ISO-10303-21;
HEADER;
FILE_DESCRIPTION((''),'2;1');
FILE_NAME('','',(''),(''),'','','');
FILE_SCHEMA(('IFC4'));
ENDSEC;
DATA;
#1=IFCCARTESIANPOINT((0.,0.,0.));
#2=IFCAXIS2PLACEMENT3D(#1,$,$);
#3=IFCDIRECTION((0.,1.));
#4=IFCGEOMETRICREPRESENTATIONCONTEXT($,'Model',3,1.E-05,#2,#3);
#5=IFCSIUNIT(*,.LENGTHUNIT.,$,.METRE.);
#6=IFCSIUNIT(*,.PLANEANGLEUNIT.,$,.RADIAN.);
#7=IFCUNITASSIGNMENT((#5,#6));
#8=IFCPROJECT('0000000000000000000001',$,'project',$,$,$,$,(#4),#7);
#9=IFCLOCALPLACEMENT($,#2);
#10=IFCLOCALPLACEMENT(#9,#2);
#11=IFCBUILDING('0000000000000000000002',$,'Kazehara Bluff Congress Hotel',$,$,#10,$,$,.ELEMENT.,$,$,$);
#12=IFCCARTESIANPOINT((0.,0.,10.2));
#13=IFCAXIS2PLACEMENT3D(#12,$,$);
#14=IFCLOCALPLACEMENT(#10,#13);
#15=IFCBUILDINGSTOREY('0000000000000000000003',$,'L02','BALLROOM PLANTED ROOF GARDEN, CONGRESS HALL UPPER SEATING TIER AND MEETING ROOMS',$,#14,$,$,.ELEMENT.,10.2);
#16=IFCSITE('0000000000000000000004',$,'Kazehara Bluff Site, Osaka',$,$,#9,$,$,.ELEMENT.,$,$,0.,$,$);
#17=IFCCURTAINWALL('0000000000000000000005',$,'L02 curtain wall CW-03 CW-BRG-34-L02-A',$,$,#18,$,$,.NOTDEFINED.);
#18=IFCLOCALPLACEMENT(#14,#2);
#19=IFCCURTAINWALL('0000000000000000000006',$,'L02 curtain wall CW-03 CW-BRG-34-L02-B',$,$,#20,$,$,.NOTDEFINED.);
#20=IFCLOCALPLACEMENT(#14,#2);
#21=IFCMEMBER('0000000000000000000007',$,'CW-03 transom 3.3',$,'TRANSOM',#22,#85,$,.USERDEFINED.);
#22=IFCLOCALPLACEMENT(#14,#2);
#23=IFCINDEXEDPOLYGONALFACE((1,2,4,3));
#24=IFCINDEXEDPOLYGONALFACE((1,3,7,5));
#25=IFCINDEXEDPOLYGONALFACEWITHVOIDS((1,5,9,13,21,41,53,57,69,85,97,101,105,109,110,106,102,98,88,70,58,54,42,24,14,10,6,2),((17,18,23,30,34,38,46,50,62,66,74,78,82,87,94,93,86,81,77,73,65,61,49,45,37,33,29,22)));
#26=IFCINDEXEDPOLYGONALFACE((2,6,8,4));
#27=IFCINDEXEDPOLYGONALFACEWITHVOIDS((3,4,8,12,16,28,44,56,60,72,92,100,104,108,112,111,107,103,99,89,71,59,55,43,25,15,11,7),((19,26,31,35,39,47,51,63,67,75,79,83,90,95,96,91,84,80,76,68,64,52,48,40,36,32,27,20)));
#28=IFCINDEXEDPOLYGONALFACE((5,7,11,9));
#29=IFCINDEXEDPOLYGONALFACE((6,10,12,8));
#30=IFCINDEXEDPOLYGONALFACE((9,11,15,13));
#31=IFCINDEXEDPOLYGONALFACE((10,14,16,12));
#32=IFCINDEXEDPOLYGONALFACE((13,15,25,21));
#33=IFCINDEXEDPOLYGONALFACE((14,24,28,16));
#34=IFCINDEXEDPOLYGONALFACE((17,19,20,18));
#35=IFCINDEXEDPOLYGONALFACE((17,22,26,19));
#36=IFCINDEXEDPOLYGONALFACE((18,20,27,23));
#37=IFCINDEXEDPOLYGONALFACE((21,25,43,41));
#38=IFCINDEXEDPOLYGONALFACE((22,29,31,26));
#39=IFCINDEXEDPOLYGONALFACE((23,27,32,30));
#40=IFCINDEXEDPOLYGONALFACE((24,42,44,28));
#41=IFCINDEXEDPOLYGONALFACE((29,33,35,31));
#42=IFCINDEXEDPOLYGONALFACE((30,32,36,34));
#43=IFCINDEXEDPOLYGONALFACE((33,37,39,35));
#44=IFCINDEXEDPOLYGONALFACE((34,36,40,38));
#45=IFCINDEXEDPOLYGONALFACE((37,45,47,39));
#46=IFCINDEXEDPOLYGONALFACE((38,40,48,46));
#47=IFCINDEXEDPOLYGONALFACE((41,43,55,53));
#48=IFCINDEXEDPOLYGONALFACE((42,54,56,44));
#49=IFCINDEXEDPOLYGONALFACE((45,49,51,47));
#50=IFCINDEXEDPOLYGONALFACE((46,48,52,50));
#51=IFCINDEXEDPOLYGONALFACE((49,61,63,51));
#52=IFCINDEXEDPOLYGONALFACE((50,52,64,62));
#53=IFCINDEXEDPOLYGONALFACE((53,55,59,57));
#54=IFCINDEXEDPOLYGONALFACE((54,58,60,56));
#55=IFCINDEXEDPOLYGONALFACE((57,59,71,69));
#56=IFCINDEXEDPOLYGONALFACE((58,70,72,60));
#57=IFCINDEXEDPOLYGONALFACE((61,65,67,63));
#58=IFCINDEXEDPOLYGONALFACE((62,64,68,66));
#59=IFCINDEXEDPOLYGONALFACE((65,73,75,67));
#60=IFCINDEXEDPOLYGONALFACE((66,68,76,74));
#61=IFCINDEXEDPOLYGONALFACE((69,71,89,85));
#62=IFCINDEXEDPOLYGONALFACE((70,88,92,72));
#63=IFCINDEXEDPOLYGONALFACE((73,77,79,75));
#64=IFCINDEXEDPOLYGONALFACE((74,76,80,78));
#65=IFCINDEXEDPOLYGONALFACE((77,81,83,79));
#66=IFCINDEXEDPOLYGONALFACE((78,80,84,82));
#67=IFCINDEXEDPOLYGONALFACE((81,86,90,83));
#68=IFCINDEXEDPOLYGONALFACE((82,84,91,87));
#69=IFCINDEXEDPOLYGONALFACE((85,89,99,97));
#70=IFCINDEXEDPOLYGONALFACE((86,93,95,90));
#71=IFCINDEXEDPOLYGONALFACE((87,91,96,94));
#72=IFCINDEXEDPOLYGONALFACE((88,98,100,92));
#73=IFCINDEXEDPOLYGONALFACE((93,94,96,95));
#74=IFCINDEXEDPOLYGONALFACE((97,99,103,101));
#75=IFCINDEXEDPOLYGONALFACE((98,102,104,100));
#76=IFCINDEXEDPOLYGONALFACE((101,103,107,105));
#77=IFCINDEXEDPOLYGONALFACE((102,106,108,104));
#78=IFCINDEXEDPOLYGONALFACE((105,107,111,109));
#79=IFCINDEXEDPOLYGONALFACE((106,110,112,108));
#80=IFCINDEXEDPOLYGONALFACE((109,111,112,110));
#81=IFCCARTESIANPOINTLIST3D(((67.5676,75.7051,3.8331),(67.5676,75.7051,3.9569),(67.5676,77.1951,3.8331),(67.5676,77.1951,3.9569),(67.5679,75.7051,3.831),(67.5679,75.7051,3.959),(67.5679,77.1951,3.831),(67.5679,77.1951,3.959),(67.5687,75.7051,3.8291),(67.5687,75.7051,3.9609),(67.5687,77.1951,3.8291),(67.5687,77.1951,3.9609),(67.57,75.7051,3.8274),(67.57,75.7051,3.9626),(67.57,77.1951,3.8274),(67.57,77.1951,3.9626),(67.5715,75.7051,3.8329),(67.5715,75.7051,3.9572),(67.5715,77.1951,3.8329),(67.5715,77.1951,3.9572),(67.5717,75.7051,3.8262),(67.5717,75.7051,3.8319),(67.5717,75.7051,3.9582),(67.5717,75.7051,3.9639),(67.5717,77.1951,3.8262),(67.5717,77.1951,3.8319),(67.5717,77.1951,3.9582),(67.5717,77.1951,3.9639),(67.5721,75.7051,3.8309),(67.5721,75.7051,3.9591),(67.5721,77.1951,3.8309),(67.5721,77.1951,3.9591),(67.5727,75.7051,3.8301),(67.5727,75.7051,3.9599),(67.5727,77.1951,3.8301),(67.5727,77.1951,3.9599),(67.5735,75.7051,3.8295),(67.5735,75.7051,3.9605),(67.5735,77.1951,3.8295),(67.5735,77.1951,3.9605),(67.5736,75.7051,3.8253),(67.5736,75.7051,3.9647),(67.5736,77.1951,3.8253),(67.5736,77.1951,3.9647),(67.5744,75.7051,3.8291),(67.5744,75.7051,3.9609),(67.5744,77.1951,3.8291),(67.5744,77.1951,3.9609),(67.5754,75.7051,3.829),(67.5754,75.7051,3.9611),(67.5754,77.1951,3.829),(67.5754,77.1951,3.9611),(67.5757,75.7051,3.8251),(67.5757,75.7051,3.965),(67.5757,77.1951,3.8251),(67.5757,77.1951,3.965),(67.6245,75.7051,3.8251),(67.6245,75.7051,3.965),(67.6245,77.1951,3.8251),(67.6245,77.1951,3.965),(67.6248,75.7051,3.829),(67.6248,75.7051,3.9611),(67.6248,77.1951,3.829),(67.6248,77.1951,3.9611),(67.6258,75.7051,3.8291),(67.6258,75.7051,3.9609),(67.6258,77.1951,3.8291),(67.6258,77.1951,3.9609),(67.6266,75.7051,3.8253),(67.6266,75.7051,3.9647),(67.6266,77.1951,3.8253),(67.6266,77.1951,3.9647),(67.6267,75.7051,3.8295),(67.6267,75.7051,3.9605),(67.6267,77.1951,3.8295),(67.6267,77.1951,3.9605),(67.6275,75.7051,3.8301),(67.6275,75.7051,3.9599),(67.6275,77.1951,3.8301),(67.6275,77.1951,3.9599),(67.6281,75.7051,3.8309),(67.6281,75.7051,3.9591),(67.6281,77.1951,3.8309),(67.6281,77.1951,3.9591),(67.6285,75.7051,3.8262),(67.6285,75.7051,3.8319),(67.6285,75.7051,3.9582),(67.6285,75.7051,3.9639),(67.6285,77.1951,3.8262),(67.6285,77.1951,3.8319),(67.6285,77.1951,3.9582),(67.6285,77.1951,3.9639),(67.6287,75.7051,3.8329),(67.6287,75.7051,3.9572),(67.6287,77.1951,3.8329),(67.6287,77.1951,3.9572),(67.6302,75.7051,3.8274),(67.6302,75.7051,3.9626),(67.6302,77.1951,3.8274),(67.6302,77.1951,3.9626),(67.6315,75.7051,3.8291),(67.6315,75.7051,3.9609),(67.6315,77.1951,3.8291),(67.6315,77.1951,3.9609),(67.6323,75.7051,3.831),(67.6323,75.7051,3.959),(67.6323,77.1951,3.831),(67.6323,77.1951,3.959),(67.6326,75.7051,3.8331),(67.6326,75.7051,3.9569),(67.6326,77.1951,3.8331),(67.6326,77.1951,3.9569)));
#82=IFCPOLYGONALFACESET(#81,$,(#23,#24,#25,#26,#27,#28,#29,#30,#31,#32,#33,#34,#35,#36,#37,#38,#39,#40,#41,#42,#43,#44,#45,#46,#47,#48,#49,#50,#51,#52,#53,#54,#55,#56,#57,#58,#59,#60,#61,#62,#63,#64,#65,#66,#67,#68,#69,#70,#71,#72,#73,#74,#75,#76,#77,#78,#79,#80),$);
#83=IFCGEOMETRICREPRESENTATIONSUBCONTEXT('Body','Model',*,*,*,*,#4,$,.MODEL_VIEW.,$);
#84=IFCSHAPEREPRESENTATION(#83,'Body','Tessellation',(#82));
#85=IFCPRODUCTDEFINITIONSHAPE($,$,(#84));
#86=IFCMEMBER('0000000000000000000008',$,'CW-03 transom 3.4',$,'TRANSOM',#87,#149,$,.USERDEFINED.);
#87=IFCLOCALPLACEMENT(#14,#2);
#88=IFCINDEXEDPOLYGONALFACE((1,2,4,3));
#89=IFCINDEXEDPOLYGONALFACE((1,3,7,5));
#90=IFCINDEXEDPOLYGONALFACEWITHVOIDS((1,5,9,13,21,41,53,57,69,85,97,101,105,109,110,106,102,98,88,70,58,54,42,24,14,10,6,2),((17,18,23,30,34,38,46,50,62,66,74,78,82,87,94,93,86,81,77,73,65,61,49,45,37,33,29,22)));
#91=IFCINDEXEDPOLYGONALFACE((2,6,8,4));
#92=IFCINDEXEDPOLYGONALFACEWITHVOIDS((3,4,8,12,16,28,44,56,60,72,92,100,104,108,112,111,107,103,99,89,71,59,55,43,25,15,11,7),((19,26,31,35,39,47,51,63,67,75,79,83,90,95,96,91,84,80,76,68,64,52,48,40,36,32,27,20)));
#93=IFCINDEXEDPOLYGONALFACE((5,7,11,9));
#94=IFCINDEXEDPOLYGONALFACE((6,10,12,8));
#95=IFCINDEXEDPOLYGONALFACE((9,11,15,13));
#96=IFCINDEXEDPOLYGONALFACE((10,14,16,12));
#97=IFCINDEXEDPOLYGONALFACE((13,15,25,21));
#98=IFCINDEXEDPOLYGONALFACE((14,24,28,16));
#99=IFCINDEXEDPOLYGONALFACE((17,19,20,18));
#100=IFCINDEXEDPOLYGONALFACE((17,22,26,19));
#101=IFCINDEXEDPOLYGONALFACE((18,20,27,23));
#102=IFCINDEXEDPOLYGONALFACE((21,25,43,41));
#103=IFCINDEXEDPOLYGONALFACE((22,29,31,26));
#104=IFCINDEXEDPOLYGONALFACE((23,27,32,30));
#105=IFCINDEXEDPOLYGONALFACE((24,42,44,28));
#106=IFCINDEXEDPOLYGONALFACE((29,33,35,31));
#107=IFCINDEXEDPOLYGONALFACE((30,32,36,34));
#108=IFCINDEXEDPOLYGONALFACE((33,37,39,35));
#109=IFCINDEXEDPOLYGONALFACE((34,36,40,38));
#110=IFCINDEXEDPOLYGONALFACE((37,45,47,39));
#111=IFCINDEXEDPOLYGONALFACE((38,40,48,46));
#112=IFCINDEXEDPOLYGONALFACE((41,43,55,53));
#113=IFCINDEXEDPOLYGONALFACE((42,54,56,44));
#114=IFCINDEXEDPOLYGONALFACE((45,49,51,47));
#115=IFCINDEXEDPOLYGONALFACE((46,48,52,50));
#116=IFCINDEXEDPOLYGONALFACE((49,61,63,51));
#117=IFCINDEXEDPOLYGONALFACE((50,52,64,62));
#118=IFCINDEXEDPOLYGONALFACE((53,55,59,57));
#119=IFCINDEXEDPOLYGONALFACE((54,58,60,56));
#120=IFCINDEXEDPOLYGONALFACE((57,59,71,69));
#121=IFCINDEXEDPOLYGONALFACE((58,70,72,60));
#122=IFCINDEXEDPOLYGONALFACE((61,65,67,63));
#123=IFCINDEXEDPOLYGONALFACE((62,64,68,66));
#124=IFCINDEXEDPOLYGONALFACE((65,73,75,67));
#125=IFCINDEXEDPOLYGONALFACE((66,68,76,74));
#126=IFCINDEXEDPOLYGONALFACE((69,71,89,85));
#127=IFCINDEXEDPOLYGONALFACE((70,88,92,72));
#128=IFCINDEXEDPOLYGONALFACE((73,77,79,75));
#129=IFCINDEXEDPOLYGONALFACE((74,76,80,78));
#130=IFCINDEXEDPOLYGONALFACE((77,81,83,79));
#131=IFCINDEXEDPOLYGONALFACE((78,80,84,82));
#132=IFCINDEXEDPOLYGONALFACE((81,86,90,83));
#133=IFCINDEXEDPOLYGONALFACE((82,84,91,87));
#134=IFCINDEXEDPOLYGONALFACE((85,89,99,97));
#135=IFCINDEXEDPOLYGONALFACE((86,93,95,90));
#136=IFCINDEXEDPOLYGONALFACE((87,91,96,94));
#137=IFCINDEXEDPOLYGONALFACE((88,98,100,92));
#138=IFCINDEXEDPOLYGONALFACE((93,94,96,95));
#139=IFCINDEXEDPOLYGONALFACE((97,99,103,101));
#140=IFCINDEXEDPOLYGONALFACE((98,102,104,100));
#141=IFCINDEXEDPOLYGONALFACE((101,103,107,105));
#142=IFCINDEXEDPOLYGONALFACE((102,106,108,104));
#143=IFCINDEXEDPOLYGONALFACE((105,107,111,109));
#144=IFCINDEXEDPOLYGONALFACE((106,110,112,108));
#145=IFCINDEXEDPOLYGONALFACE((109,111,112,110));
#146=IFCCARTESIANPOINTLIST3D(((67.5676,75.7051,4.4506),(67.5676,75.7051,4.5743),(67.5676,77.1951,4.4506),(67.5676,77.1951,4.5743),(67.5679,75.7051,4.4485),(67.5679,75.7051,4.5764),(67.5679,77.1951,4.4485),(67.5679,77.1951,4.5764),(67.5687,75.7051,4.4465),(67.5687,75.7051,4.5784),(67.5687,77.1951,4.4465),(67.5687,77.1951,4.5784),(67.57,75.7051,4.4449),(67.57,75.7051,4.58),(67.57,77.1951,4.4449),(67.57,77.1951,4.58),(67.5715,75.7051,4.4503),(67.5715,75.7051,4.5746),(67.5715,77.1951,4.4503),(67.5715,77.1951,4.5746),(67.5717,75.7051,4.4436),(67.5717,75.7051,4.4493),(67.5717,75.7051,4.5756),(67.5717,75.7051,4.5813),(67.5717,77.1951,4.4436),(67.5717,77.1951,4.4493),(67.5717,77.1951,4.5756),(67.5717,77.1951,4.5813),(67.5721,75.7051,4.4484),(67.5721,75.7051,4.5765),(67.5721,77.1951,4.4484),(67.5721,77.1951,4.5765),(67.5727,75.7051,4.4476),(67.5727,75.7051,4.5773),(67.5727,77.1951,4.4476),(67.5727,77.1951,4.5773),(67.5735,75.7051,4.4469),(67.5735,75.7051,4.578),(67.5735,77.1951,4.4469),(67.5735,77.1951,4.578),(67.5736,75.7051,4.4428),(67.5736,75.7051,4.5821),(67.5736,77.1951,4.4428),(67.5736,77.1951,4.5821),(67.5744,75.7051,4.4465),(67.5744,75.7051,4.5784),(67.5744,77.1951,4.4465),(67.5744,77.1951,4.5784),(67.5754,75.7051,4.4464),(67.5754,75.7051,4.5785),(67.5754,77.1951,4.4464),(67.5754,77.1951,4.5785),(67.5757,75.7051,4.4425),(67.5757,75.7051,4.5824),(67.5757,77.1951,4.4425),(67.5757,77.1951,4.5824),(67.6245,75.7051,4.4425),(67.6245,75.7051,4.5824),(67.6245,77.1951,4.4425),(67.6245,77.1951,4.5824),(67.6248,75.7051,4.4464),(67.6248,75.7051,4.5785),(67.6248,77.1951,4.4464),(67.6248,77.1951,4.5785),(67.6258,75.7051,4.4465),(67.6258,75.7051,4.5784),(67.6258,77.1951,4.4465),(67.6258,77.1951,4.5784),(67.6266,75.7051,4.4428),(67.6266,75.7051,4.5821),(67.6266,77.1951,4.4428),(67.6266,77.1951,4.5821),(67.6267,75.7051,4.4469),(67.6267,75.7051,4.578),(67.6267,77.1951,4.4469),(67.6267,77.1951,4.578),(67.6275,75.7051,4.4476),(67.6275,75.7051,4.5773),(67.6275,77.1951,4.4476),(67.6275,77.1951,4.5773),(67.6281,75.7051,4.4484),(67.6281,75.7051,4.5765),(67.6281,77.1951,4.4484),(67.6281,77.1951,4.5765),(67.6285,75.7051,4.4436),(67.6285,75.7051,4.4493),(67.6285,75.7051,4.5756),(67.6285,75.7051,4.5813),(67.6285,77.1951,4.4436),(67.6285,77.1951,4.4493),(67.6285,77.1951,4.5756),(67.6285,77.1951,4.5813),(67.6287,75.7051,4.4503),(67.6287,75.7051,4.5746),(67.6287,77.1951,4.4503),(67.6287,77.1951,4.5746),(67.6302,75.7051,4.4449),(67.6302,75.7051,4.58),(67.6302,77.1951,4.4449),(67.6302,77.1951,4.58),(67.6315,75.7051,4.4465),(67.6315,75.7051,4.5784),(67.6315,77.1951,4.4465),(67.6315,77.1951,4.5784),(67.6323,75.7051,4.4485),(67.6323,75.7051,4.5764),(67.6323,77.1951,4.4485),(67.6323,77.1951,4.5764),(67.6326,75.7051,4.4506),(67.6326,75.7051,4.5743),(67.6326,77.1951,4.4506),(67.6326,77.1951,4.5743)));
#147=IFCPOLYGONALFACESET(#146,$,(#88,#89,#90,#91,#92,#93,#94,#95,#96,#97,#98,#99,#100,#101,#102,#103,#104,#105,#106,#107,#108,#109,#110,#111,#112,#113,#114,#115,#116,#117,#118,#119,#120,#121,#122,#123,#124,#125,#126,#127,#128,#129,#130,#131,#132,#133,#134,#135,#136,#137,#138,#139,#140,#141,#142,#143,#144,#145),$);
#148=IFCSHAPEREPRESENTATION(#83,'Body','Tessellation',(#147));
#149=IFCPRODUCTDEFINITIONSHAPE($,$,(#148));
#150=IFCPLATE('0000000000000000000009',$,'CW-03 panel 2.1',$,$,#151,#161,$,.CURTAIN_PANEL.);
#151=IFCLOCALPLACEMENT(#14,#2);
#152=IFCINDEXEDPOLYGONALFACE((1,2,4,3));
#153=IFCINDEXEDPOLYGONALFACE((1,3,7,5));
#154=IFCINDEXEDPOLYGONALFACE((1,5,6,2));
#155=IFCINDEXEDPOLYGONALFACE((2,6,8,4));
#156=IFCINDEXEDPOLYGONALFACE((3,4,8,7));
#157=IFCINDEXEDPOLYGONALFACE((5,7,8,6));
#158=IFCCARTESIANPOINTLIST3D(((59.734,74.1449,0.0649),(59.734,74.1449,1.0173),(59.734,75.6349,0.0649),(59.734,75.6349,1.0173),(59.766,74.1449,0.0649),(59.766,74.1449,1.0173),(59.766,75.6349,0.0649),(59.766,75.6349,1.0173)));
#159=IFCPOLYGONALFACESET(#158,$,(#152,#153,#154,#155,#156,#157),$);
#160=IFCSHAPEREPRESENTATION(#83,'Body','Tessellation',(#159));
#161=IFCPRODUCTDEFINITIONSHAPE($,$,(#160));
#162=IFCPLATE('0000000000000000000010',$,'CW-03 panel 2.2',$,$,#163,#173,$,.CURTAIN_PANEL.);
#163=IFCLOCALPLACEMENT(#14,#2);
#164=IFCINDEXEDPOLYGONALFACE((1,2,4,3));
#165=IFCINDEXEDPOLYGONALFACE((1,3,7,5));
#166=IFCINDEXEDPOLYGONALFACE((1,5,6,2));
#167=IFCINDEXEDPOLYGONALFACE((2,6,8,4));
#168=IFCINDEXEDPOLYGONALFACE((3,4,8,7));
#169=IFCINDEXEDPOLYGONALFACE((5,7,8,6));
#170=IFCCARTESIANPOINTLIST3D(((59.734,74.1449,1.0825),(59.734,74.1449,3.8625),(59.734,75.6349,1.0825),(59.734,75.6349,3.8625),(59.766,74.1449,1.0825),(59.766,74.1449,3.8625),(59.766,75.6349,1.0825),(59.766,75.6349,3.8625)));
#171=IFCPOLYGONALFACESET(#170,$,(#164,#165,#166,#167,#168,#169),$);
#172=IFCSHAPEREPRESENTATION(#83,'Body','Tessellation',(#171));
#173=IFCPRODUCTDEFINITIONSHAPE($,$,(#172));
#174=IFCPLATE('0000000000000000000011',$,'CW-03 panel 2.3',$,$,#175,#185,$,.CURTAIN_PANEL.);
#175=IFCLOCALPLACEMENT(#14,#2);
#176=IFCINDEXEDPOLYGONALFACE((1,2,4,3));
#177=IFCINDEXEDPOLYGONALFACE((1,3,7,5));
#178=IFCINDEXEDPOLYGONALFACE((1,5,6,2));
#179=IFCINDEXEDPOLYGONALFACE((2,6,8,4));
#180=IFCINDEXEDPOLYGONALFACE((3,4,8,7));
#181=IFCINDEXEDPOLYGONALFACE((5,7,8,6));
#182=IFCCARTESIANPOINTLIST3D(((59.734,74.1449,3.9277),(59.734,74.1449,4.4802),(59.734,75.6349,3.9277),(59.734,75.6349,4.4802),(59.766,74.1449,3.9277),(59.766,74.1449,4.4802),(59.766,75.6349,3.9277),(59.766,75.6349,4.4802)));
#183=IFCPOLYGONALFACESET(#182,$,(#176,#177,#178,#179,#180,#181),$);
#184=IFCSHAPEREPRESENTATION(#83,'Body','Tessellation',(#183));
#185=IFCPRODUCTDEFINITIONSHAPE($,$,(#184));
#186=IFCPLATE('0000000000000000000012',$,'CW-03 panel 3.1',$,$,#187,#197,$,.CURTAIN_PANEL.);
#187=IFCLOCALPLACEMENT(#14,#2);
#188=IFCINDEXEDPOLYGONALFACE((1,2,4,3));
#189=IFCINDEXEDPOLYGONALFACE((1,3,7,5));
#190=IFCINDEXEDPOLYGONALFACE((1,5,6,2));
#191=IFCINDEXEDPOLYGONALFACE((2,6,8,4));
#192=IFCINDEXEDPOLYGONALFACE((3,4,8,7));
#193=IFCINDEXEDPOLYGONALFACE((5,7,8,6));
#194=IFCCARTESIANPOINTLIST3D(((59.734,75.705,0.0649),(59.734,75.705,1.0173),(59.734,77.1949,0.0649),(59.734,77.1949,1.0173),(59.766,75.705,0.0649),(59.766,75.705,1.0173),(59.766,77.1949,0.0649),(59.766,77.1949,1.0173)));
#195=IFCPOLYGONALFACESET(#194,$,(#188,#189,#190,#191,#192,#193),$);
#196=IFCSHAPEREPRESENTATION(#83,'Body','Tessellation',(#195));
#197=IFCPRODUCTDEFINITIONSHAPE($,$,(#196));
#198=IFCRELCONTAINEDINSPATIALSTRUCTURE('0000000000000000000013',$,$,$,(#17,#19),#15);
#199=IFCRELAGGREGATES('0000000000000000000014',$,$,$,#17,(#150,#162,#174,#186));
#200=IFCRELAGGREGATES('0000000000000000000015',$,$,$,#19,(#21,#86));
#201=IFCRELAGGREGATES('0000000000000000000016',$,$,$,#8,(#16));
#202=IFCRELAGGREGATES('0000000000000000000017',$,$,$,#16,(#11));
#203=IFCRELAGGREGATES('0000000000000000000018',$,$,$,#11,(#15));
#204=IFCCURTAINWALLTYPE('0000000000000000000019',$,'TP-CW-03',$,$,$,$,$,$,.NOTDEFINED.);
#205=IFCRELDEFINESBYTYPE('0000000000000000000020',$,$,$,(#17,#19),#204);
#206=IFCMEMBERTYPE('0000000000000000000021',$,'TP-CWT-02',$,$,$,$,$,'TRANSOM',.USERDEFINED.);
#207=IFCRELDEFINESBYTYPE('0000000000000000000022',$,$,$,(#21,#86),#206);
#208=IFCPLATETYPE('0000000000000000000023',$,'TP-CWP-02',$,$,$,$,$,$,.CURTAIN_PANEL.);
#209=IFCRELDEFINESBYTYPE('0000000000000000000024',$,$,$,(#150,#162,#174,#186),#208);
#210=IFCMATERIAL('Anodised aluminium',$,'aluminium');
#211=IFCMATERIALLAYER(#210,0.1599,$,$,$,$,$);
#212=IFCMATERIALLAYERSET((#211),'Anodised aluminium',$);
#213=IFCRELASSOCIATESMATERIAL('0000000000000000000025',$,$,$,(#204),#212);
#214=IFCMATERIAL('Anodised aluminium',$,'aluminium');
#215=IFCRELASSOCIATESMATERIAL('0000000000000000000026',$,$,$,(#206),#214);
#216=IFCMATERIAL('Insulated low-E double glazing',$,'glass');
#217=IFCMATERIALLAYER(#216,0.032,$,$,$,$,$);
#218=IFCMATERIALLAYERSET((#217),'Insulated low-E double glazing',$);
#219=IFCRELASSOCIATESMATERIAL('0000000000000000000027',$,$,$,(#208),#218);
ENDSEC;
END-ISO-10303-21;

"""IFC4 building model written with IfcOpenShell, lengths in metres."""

from ifc_helpers import new_model, si_unit, direction, frame, origin, origin_2d, place, context, subcontext, project, spatial, rectangle, hollow_rectangle, extrude, material, layer, layer_set, material_profile, profile_set, type_object, element, aggregate, save


model = new_model("IFC4")

# Units and contexts
model_context = context("Model", 3, precision=1e-05, world=origin(), true_north=direction((0.0, 1.0)))
body_context = subcontext(model_context, "Body", "Model", "MODEL_VIEW")
ifc_project = project(units=[si_unit("LENGTHUNIT", "METRE"), si_unit("PLANEANGLEUNIT", "RADIAN")], contexts=[model_context])

# Site, building, storey
site_placement = place(None, origin())
site = spatial("IfcSite", under=ifc_project, at=site_placement, Name="Kazehara Bluff Site, Osaka", CompositionType="ELEMENT", RefElevation=0.0)
building_placement = place(site_placement, origin())
building = spatial("IfcBuilding", under=site, at=building_placement, Name="Kazehara Bluff Congress Hotel", CompositionType="ELEMENT")
storey_placement = place(building_placement, frame((0.0, 0.0, 10.2)))
storey = spatial("IfcBuildingStorey", under=building, at=storey_placement, Name="L02", Description="BALLROOM PLANTED ROOF GARDEN, CONGRESS HALL UPPER SEATING TIER AND MEETING ROOMS", CompositionType="ELEMENT", Elevation=10.2)

# Curtain wall
ifc_material_1 = material(Name="Anodised aluminium", Category="aluminium")
ifc_layer_1 = layer(ifc_material_1, 0.1599)
ifc_layer_set_1 = layer_set([ifc_layer_1], Name="Anodised aluminium")
curtain_wall_type = type_object("IfcCurtainWallType", Name="TP-CW-03", PredefinedType="NOTDEFINED", material=ifc_layer_set_1)
curtain_wall_1_placement = place(storey_placement, origin())
curtain_wall_1 = element("IfcCurtainWall", 1, at=curtain_wall_1_placement, inside=storey, type_object=curtain_wall_type, Name="L02 curtain wall CW-03 CW-BRG-34-L02-A", PredefinedType="NOTDEFINED")

# Curtain wall
curtain_wall_2_placement = place(storey_placement, origin())
curtain_wall_2 = element("IfcCurtainWall", 2, at=curtain_wall_2_placement, inside=storey, type_object=curtain_wall_type, Name="L02 curtain wall CW-03 CW-BRG-34-L02-B", PredefinedType="NOTDEFINED")

# Members
ifc_material_2 = material(Name="Anodised aluminium", Category="aluminium")
ifc_material_profile_1 = material_profile(ifc_material_2, hollow_rectangle(XDim=0.0649, YDim=0.1399, WallThickness=0.0039, InnerFilletRadius=0.0039, OuterFilletRadius=0.0081, at=origin_2d()))
ifc_profile_set_1 = profile_set([ifc_material_profile_1], Name="Anodised aluminium")
member_type_1 = type_object("IfcMemberType", Name="TP-CWT-02", ElementType="TRANSOM", PredefinedType="USERDEFINED", material=ifc_profile_set_1)
member_1_placement = place(storey_placement, frame((67.6001, 75.7051, 3.895), z_axis=(0.0, 1.0, 0.0), x_axis=(-1.0, 0.0, 0.0)))
member_1 = element("IfcMember", 3, at=member_1_placement, type_object=member_type_1, Name="CW-03 transom 3.3", ObjectType="TRANSOM", PredefinedType="USERDEFINED", context=body_context, shape_type="SweptSolid", body=[
    extrude(hollow_rectangle(XDim=0.0649, YDim=0.1399, WallThickness=0.0039, InnerFilletRadius=0.0039, OuterFilletRadius=0.0081, at=origin_2d()), origin(), (0.0, 0.0, 1.0), 1.49),
])
member_2_placement = place(storey_placement, frame((67.6001, 75.7051, 4.5125), z_axis=(0.0, 1.0, 0.0), x_axis=(-1.0, 0.0, 0.0)))
member_2 = element("IfcMember", 4, at=member_2_placement, type_object=member_type_1, Name="CW-03 transom 3.4", ObjectType="TRANSOM", PredefinedType="USERDEFINED", context=body_context, shape_type="SweptSolid", body=[
    extrude(hollow_rectangle(XDim=0.0649, YDim=0.1399, WallThickness=0.0039, InnerFilletRadius=0.0039, OuterFilletRadius=0.0081, at=origin_2d()), origin(), (0.0, 0.0, 1.0), 1.49),
])

# Plates
ifc_material_3 = material(Name="Insulated low-E double glazing", Category="glass")
ifc_layer_2 = layer(ifc_material_3, 0.032)
ifc_layer_set_2 = layer_set([ifc_layer_2], Name="Insulated low-E double glazing")
plate_type = type_object("IfcPlateType", Name="TP-CWP-02", PredefinedType="CURTAIN_PANEL", material=ifc_layer_set_2)
plate_1_placement = place(storey_placement, frame((59.75, 74.8899, 0.0649), z_axis=(0.0, 0.0, 1.0), x_axis=(0.0, 1.0, 0.0)))
plate_1 = element("IfcPlate", 5, at=plate_1_placement, type_object=plate_type, Name="CW-03 panel 2.1", PredefinedType="CURTAIN_PANEL", context=body_context, shape_type="SweptSolid", body=[
    extrude(rectangle(XDim=1.49, YDim=0.032, at=origin_2d()), origin(), (0.0, 0.0, 1.0), 0.9524),
])
plate_2_placement = place(storey_placement, frame((59.75, 74.8899, 1.0825), z_axis=(0.0, 0.0, 1.0), x_axis=(0.0, 1.0, 0.0)))
plate_2 = element("IfcPlate", 6, at=plate_2_placement, type_object=plate_type, Name="CW-03 panel 2.2", PredefinedType="CURTAIN_PANEL", context=body_context, shape_type="SweptSolid", body=[
    extrude(rectangle(XDim=1.49, YDim=0.032, at=origin_2d()), origin(), (0.0, 0.0, 1.0), 2.78),
])
plate_3_placement = place(storey_placement, frame((59.75, 74.8899, 3.9277), z_axis=(0.0, 0.0, 1.0), x_axis=(0.0, 1.0, 0.0)))
plate_3 = element("IfcPlate", 7, at=plate_3_placement, type_object=plate_type, Name="CW-03 panel 2.3", PredefinedType="CURTAIN_PANEL", context=body_context, shape_type="SweptSolid", body=[
    extrude(rectangle(XDim=1.49, YDim=0.032, at=origin_2d()), origin(), (0.0, 0.0, 1.0), 0.5525),
])
plate_4_placement = place(storey_placement, frame((59.75, 76.45, 0.0649), z_axis=(0.0, 0.0, 1.0), x_axis=(0.0, 1.0, 0.0)))
plate_4 = element("IfcPlate", 8, at=plate_4_placement, type_object=plate_type, Name="CW-03 panel 3.1", PredefinedType="CURTAIN_PANEL", context=body_context, shape_type="SweptSolid", body=[
    extrude(rectangle(XDim=1.49, YDim=0.032, at=origin_2d()), origin(), (0.0, 0.0, 1.0), 0.9524),
])
aggregate(curtain_wall_1, [plate_1, plate_2, plate_3, plate_4])
aggregate(curtain_wall_2, [member_1, member_2])

save(model, "model.ifc")
